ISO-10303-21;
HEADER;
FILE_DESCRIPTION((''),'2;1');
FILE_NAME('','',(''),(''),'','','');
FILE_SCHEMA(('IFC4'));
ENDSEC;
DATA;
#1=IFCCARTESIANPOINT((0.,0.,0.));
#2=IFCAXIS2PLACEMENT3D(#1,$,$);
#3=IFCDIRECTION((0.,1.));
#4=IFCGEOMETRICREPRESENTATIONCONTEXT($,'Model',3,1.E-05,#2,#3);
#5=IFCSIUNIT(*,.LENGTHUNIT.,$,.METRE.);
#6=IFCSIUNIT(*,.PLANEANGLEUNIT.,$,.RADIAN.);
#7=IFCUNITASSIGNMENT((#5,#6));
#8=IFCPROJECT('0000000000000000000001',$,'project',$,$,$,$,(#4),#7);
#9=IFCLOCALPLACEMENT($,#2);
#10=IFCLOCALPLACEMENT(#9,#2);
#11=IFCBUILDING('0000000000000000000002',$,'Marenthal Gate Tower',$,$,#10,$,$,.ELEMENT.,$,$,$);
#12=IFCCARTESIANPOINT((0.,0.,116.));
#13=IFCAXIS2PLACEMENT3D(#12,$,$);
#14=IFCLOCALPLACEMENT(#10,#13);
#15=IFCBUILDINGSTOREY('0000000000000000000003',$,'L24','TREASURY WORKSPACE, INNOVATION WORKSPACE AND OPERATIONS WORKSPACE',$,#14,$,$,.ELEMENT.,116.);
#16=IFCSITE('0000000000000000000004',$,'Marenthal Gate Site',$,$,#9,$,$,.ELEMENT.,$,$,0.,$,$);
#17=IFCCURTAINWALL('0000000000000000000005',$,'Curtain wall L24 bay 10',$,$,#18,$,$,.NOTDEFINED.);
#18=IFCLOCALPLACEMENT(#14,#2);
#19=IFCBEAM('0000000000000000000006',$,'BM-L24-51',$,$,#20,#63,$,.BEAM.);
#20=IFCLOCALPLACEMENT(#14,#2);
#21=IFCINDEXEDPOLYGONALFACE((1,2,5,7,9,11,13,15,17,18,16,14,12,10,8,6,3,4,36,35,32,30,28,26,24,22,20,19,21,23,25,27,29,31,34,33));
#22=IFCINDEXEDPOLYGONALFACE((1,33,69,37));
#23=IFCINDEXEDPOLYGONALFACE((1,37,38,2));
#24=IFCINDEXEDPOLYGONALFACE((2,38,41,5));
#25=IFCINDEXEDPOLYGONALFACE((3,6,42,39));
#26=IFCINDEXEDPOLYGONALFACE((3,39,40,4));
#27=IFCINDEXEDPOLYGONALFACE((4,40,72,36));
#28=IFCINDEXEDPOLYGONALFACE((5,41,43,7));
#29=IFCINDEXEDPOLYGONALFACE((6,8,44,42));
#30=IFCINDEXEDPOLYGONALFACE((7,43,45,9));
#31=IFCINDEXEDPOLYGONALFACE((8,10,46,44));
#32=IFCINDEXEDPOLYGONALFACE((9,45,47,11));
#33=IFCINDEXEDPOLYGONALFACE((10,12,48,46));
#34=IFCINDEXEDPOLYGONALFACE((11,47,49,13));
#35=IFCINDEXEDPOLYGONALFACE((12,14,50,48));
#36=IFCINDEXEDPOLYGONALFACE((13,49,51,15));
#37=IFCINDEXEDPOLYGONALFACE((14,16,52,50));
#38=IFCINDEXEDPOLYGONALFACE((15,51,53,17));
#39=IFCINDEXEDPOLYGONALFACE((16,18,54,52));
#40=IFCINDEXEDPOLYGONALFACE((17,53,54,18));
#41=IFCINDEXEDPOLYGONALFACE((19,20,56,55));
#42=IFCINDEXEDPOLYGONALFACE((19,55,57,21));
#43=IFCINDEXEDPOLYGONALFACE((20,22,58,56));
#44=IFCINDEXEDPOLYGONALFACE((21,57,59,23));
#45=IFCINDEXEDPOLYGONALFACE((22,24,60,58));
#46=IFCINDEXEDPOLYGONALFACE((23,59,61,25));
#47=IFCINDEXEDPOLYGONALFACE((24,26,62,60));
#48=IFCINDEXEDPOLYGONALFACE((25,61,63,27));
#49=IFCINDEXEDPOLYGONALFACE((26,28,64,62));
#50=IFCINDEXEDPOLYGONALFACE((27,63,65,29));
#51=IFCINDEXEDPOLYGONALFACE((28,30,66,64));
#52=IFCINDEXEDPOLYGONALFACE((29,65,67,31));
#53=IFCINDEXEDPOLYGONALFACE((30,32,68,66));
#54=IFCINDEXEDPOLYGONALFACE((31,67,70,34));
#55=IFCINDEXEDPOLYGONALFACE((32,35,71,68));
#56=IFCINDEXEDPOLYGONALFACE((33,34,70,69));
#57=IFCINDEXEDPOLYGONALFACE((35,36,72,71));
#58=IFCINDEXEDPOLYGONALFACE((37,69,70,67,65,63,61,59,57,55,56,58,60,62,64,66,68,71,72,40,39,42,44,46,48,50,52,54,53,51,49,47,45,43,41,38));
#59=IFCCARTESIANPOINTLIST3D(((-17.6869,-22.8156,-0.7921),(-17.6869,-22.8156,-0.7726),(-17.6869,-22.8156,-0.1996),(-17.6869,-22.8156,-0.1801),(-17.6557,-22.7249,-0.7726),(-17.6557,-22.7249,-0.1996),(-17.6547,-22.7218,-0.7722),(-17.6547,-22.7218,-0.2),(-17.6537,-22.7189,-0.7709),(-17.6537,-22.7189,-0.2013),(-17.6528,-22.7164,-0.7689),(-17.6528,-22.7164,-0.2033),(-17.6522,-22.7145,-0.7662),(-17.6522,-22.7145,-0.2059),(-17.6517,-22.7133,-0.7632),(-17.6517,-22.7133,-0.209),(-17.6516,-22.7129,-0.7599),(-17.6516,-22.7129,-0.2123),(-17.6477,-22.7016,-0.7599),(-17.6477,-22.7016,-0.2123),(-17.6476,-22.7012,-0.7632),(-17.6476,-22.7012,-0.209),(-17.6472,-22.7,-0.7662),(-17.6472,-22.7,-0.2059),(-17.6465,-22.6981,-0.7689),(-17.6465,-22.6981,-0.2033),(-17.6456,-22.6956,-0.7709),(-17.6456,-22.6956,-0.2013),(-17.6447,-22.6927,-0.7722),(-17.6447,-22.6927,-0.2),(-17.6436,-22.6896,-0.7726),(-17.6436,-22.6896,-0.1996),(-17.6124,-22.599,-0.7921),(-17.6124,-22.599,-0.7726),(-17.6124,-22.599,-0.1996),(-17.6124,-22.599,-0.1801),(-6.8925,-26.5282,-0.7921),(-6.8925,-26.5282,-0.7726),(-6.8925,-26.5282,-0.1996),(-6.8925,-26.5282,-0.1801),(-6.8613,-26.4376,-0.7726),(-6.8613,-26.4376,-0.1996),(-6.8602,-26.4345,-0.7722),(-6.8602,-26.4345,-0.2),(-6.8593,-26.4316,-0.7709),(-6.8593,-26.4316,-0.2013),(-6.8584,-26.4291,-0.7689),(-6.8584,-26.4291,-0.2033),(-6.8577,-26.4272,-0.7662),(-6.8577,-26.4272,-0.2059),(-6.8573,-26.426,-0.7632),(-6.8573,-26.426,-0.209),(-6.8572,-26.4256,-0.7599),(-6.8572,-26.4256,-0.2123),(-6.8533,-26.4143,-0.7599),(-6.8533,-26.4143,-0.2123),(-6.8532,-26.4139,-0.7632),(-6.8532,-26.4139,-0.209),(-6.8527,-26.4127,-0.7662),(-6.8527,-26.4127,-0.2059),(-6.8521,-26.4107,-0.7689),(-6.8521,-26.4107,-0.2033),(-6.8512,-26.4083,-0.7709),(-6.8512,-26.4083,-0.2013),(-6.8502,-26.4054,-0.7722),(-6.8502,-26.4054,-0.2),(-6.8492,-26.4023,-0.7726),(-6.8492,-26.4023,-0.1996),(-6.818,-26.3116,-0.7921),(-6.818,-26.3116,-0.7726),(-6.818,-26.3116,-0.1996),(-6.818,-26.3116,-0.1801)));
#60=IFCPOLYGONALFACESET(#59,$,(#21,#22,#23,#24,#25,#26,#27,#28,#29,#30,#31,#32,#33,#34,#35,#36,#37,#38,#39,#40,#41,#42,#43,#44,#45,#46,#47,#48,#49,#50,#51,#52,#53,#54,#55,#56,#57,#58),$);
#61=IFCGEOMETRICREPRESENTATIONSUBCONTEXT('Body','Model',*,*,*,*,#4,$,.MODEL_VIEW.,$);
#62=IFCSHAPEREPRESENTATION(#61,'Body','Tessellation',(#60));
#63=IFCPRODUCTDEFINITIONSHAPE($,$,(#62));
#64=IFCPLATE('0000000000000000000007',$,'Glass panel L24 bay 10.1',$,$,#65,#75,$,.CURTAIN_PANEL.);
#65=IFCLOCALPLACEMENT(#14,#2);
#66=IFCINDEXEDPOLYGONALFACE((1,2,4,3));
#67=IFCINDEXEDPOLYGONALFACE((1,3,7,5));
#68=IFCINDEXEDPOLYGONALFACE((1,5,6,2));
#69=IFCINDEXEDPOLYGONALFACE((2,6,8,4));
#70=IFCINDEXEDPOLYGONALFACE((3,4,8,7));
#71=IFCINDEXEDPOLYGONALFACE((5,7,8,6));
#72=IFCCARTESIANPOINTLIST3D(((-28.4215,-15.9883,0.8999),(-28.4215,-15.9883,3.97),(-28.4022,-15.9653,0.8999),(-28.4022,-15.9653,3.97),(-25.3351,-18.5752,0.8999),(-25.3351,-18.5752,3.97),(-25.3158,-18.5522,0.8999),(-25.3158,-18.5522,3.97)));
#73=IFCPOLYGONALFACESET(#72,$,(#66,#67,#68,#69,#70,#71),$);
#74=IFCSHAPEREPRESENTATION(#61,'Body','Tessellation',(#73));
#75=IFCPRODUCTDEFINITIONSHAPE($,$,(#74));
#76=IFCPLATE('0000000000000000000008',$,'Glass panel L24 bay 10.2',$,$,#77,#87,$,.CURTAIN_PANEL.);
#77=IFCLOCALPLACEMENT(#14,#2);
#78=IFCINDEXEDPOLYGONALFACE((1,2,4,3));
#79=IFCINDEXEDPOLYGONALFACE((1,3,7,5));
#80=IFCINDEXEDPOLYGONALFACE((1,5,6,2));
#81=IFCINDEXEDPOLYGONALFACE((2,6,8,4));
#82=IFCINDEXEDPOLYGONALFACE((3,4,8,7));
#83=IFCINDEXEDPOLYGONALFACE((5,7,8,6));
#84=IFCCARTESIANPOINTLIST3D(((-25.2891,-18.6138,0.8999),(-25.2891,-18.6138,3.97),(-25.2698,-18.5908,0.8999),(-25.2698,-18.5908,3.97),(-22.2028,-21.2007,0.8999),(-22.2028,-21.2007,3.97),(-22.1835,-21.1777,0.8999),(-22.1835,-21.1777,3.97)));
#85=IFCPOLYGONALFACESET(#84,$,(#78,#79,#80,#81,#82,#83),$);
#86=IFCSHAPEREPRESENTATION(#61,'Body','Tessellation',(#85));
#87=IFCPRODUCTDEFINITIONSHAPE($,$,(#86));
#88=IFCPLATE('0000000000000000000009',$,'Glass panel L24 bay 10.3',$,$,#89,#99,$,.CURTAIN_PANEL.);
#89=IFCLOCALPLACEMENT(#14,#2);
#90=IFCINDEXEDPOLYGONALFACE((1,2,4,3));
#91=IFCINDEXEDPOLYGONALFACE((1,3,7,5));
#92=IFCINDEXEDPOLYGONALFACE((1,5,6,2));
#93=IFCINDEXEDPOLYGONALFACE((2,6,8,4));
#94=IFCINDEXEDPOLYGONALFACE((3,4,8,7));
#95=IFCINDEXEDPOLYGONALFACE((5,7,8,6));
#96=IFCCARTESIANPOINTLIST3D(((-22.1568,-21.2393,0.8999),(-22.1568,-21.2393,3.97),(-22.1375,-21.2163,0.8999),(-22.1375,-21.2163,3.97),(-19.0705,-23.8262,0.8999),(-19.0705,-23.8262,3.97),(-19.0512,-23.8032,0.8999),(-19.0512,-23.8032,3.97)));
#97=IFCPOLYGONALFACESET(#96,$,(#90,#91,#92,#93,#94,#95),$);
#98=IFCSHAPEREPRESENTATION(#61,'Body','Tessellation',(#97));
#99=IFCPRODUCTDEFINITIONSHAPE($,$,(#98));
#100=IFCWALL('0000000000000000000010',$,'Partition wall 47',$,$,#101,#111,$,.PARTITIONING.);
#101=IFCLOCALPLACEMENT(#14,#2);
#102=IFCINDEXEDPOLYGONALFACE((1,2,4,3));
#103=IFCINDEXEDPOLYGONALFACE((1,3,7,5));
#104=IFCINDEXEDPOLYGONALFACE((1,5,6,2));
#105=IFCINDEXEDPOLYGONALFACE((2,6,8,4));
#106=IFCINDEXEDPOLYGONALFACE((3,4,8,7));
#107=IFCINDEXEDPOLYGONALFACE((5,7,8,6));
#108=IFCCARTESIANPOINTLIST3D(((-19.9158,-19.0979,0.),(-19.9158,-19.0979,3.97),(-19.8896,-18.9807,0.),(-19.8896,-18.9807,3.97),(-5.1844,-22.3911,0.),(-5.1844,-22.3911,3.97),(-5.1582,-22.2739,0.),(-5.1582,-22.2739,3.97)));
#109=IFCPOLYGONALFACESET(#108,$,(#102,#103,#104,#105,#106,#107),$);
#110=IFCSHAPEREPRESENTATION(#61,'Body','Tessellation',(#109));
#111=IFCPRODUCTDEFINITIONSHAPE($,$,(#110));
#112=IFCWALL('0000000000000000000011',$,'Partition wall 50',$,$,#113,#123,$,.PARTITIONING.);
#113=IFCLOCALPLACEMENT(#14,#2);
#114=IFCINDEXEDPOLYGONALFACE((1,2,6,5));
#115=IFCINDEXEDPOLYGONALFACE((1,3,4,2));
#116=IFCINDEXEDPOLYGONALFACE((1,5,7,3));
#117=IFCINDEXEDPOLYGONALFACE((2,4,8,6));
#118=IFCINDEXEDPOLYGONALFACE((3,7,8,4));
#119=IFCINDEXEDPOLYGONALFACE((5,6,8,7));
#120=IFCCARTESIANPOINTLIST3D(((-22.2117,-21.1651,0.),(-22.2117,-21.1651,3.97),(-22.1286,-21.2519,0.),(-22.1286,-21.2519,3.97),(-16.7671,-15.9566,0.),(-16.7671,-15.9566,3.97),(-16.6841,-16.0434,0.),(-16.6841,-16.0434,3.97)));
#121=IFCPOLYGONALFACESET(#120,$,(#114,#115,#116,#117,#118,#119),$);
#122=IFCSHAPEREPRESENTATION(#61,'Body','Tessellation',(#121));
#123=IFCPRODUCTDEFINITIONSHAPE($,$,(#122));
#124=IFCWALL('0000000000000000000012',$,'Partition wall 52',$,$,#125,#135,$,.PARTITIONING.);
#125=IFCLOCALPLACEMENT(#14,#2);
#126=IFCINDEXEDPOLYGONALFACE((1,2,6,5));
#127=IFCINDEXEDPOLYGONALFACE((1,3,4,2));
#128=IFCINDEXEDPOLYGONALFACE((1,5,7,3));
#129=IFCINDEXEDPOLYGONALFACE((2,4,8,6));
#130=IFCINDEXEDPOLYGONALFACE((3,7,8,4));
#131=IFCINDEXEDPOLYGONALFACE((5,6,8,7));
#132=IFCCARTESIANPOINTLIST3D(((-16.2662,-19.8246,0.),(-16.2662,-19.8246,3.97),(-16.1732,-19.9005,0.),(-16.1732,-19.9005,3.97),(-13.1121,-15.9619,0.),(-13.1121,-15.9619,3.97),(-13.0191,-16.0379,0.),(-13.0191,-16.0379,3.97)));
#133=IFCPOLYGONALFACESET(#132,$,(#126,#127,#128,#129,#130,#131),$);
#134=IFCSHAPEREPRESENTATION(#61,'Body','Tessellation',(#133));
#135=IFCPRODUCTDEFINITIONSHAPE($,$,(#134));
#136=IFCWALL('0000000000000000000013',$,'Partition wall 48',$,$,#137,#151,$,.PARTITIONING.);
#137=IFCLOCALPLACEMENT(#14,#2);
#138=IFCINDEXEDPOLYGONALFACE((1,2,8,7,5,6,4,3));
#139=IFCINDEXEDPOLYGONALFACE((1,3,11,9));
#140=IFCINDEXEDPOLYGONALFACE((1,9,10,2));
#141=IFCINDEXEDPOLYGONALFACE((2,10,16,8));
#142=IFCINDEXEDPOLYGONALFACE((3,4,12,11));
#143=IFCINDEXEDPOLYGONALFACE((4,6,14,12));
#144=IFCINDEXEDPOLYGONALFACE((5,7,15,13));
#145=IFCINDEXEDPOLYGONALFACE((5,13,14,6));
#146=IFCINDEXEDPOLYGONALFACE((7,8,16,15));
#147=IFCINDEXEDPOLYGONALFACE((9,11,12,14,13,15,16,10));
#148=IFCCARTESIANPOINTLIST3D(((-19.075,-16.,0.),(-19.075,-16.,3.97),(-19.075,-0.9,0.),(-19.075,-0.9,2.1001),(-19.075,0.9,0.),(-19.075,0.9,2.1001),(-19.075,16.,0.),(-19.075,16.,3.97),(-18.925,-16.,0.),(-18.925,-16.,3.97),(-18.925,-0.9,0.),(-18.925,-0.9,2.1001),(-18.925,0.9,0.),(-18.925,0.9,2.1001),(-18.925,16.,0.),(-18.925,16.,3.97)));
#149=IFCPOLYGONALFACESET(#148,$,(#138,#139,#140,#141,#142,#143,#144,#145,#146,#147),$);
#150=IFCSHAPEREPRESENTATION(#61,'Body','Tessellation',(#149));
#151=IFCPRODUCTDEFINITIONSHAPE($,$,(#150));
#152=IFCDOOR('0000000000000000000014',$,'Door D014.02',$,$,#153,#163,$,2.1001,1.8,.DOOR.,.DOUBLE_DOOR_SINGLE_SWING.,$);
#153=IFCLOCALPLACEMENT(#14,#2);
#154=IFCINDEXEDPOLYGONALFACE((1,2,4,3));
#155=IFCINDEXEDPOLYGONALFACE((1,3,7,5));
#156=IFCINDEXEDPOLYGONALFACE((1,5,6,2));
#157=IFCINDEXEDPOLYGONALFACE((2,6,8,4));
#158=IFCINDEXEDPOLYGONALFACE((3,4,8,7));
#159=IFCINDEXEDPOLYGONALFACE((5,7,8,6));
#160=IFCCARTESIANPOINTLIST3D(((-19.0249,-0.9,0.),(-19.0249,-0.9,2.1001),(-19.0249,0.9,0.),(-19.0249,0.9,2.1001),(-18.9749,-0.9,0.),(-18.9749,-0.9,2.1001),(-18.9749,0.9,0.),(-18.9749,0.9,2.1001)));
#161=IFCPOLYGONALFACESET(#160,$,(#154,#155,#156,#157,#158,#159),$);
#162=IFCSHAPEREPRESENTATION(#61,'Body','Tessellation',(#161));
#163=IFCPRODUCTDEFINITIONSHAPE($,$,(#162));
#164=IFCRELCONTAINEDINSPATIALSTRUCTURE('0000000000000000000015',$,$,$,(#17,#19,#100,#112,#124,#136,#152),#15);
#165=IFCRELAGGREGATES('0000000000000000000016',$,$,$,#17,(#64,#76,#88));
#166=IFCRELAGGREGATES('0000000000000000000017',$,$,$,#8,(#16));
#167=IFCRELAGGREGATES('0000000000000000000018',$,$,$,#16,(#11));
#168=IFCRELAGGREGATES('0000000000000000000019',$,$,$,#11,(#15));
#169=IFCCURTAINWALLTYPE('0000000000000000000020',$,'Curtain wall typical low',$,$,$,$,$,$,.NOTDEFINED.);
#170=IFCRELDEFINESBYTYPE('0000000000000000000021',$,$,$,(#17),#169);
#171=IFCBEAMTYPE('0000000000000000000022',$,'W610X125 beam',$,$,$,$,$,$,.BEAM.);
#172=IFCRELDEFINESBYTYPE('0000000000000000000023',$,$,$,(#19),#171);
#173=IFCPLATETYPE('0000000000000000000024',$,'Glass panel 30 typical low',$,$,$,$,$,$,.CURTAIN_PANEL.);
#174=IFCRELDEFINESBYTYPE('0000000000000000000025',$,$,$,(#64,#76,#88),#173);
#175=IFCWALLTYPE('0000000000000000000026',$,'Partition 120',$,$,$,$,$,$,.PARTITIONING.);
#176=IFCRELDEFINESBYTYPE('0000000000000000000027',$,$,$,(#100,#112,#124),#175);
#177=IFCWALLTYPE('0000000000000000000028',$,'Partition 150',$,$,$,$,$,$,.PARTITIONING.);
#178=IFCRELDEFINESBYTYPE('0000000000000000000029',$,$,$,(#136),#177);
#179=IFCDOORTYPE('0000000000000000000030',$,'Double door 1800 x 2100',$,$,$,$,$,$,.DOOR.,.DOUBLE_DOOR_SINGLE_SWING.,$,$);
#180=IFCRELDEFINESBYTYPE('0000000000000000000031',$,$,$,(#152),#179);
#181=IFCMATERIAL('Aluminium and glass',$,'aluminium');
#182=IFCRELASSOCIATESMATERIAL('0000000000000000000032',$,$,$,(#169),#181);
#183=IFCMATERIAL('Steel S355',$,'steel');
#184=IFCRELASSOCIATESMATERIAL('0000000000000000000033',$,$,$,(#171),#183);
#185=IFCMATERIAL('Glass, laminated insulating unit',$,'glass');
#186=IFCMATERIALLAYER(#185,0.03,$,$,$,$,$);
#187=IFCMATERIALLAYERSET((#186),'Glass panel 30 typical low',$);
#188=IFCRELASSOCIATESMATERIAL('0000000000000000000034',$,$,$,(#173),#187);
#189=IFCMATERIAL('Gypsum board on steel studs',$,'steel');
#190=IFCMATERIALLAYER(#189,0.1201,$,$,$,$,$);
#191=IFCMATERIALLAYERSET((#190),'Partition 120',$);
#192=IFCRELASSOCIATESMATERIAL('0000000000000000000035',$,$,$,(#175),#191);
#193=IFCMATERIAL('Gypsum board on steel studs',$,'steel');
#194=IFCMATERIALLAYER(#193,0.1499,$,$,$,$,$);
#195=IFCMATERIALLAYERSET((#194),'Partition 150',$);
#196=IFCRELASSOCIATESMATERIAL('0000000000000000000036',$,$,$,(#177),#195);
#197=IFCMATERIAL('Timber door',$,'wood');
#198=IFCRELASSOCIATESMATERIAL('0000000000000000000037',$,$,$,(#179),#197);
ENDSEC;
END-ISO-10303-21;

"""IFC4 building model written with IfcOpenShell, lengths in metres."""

from ifc_helpers import new_model, si_unit, direction, frame, frame_2d, origin, origin_2d, place, context, subcontext, project, spatial, rectangle, i_section, extrude, material, layer, layer_set, material_profile, profile_set, type_object, element, fill, aggregate, save


model = new_model("IFC4")

# Units and contexts
model_context = context("Model", 3, precision=1e-05, world=origin(), true_north=direction((0.0, 1.0)))
body_context = subcontext(model_context, "Body", "Model", "MODEL_VIEW")
ifc_project = project(units=[si_unit("LENGTHUNIT", "METRE"), si_unit("PLANEANGLEUNIT", "RADIAN")], contexts=[model_context])

# Site, building, storey
site_placement = place(None, origin())
site = spatial("IfcSite", under=ifc_project, at=site_placement, Name="Marenthal Gate Site", CompositionType="ELEMENT", RefElevation=0.0)
building_placement = place(site_placement, origin())
building = spatial("IfcBuilding", under=site, at=building_placement, Name="Marenthal Gate Tower", CompositionType="ELEMENT")
storey_placement = place(building_placement, frame((0.0, 0.0, 116.0)))
storey = spatial("IfcBuildingStorey", under=building, at=storey_placement, Name="L24", Description="TREASURY WORKSPACE, INNOVATION WORKSPACE AND OPERATIONS WORKSPACE", CompositionType="ELEMENT", Elevation=116.0)

# Curtain wall
ifc_material_1 = material(Name="Aluminium and glass", Category="aluminium")
curtain_wall_type = type_object("IfcCurtainWallType", Name="Curtain wall typical low", PredefinedType="NOTDEFINED", material=ifc_material_1)
curtain_wall_placement = place(storey_placement, origin())
curtain_wall = element("IfcCurtainWall", 1, at=curtain_wall_placement, inside=storey, type_object=curtain_wall_type, Name="Curtain wall L24 bay 10", PredefinedType="NOTDEFINED")

# Beam
ifc_material_2 = material(Name="Steel S355", Category="steel")
ifc_material_profile_1 = material_profile(ifc_material_2, i_section(OverallWidth=0.229, OverallDepth=0.6121, WebThickness=0.012, FlangeThickness=0.0195, FilletRadius=0.0127, at=origin_2d()), Name="W610X125")
ifc_profile_set_1 = profile_set([ifc_material_profile_1], Name="Steel S355")
beam_type_1 = type_object("IfcBeamType", Name="W610X125 beam", PredefinedType="BEAM", material=ifc_profile_set_1)
beam_1_placement = place(storey_placement, frame((-17.6497, -22.7073, -0.4861), z_axis=(0.945631, -0.325241, 0.0), x_axis=(0.325241, 0.945631, 0.0)))
element("IfcBeam", 2, at=beam_1_placement, inside=storey, type_object=beam_type_1, Name="BM-L24-51", PredefinedType="BEAM", context=body_context, shape_type="SweptSolid", body=[
    extrude(i_section(OverallWidth=0.229, OverallDepth=0.6121, WebThickness=0.012, FlangeThickness=0.0195, FilletRadius=0.0127, at=origin_2d()), origin(), (0.0, 0.0, 1.0), 11.415),
])

# Plates
ifc_material_3 = material(Name="Glass, laminated insulating unit", Category="glass")
ifc_layer_1 = layer(ifc_material_3, 0.03)
ifc_layer_set_1 = layer_set([ifc_layer_1], Name="Glass panel 30 typical low")
plate_type = type_object("IfcPlateType", Name="Glass panel 30 typical low", PredefinedType="CURTAIN_PANEL", material=ifc_layer_set_1)
plate_1_placement = place(storey_placement, frame((-26.8687, -17.2703, 0.8999), z_axis=(0.0, 0.0, 1.0), x_axis=(0.766389, -0.642377, 0.0)))
plate_1 = element("IfcPlate", 3, at=plate_1_placement, type_object=plate_type, Name="Glass panel L24 bay 10.1", PredefinedType="CURTAIN_PANEL", context=body_context, shape_type="SweptSolid", body=[
    extrude(rectangle(XDim=4.0271, YDim=0.03, at=origin_2d()), origin(), (0.0, 0.0, 1.0), 3.0701),
])
plate_2_placement = place(storey_placement, frame((-23.7363, -19.8958, 0.8999), z_axis=(0.0, 0.0, 1.0), x_axis=(0.766389, -0.642377, 0.0)))
plate_2 = element("IfcPlate", 4, at=plate_2_placement, type_object=plate_type, Name="Glass panel L24 bay 10.2", PredefinedType="CURTAIN_PANEL", context=body_context, shape_type="SweptSolid", body=[
    extrude(rectangle(XDim=4.0271, YDim=0.03, at=origin_2d()), origin(), (0.0, 0.0, 1.0), 3.0701),
])
plate_3_placement = place(storey_placement, frame((-20.604, -22.5212, 0.8999), z_axis=(0.0, 0.0, 1.0), x_axis=(0.766389, -0.642377, 0.0)))
plate_3 = element("IfcPlate", 5, at=plate_3_placement, type_object=plate_type, Name="Glass panel L24 bay 10.3", PredefinedType="CURTAIN_PANEL", context=body_context, shape_type="SweptSolid", body=[
    extrude(rectangle(XDim=4.0271, YDim=0.03, at=origin_2d()), origin(), (0.0, 0.0, 1.0), 3.0701),
])
aggregate(curtain_wall, [plate_1, plate_2, plate_3])

# Walls
ifc_material_4 = material(Name="Gypsum board on steel studs", Category="steel")
ifc_layer_2 = layer(ifc_material_4, 0.1201)
ifc_layer_set_2 = layer_set([ifc_layer_2], Name="Partition 120")
wall_type_1 = type_object("IfcWallType", Name="Partition 120", PredefinedType="PARTITIONING", material=ifc_layer_set_2)
wall_1_placement = place(storey_placement, frame((-19.9026, -19.0393, 0.0), z_axis=(0.0, 0.0, 1.0), x_axis=(0.975912, -0.218165, 0.0)))
element("IfcWall", 6, at=wall_1_placement, inside=storey, type_object=wall_type_1, Name="Partition wall 47", PredefinedType="PARTITIONING", context=body_context, shape_type="SweptSolid", body=[
    extrude(rectangle(XDim=15.095, YDim=0.1201, at=frame_2d((7.5474, 0.0))), origin(), (0.0, 0.0, 1.0), 3.97),
])
wall_2_placement = place(storey_placement, frame((-16.7256, -16.0, 0.0), z_axis=(0.0, 0.0, 1.0), x_axis=(-0.7226, -0.691267, 0.0)))
element("IfcWall", 7, at=wall_2_placement, inside=storey, type_object=wall_type_1, Name="Partition wall 50", PredefinedType="PARTITIONING", context=body_context, shape_type="SweptSolid", body=[
    extrude(rectangle(XDim=7.5347, YDim=0.1201, at=frame_2d((3.7673, 0.0))), origin(), (0.0, 0.0, 1.0), 3.97),
])
wall_3_placement = place(storey_placement, frame((-16.2197, -19.8625, 0.0), z_axis=(0.0, 0.0, 1.0), x_axis=(0.632491, 0.774568, 0.0)))
element("IfcWall", 8, at=wall_3_placement, inside=storey, type_object=wall_type_1, Name="Partition wall 52", PredefinedType="PARTITIONING", context=body_context, shape_type="SweptSolid", body=[
    extrude(rectangle(XDim=4.9868, YDim=0.1201, at=frame_2d((2.4934, 0.0))), origin(), (0.0, 0.0, 1.0), 3.97),
])

# Wall, opening, door
ifc_material_5 = material(Name="Gypsum board on steel studs", Category="steel")
ifc_layer_3 = layer(ifc_material_5, 0.1499)
ifc_layer_set_3 = layer_set([ifc_layer_3], Name="Partition 150")
wall_type_2 = type_object("IfcWallType", Name="Partition 150", PredefinedType="PARTITIONING", material=ifc_layer_set_3)
wall_4_placement = place(storey_placement, frame((-19.0, -16.0, 0.0), z_axis=(0.0, 0.0, 1.0), x_axis=(0.0, 1.0, 0.0)))
wall_4 = element("IfcWall", 9, at=wall_4_placement, inside=storey, type_object=wall_type_2, Name="Partition wall 48", PredefinedType="PARTITIONING", context=body_context, shape_type="SweptSolid", body=[
    extrude(rectangle(XDim=32.0, YDim=0.1499, at=frame_2d((16.0, 0.0))), origin(), (0.0, 0.0, 1.0), 3.97),
])
opening_1_placement = place(wall_4_placement, frame((15.1001, 0.0, 0.0)))
opening_1 = element("IfcOpeningElement", 10, at=opening_1_placement, cuts=wall_4, PredefinedType="OPENING", context=body_context, shape_type="SweptSolid", body=[
    extrude(rectangle(XDim=1.8, YDim=2.1001, at=frame_2d((0.8999, 1.05))), frame((0.0, 0.085, 0.0), z_axis=(0.0, -1.0, 0.0), x_axis=(1.0, 0.0, 0.0)), (0.0, 0.0, 1.0), 0.1699),
])
ifc_material_6 = material(Name="Timber door", Category="wood")
door_type_1 = type_object("IfcDoorType", Name="Double door 1800 x 2100", OperationType="DOUBLE_DOOR_SINGLE_SWING", PredefinedType="DOOR", material=ifc_material_6)
door_1_placement = place(opening_1_placement, origin())
door_1 = element("IfcDoor", 11, at=door_1_placement, inside=storey, type_object=door_type_1, Name="Door D014.02", OperationType="DOUBLE_DOOR_SINGLE_SWING", OverallHeight=2.1001, OverallWidth=1.8, PredefinedType="DOOR", context=body_context, shape_type="SweptSolid", body=[
    extrude(rectangle(XDim=1.8, YDim=2.1001, at=frame_2d((0.8999, 1.05))), frame((0.0, 0.0249, 0.0), z_axis=(0.0, -1.0, 0.0), x_axis=(1.0, 0.0, 0.0)), (0.0, 0.0, 1.0), 0.05),
])
fill(opening_1, door_1)

save(model, "model.ifc")
